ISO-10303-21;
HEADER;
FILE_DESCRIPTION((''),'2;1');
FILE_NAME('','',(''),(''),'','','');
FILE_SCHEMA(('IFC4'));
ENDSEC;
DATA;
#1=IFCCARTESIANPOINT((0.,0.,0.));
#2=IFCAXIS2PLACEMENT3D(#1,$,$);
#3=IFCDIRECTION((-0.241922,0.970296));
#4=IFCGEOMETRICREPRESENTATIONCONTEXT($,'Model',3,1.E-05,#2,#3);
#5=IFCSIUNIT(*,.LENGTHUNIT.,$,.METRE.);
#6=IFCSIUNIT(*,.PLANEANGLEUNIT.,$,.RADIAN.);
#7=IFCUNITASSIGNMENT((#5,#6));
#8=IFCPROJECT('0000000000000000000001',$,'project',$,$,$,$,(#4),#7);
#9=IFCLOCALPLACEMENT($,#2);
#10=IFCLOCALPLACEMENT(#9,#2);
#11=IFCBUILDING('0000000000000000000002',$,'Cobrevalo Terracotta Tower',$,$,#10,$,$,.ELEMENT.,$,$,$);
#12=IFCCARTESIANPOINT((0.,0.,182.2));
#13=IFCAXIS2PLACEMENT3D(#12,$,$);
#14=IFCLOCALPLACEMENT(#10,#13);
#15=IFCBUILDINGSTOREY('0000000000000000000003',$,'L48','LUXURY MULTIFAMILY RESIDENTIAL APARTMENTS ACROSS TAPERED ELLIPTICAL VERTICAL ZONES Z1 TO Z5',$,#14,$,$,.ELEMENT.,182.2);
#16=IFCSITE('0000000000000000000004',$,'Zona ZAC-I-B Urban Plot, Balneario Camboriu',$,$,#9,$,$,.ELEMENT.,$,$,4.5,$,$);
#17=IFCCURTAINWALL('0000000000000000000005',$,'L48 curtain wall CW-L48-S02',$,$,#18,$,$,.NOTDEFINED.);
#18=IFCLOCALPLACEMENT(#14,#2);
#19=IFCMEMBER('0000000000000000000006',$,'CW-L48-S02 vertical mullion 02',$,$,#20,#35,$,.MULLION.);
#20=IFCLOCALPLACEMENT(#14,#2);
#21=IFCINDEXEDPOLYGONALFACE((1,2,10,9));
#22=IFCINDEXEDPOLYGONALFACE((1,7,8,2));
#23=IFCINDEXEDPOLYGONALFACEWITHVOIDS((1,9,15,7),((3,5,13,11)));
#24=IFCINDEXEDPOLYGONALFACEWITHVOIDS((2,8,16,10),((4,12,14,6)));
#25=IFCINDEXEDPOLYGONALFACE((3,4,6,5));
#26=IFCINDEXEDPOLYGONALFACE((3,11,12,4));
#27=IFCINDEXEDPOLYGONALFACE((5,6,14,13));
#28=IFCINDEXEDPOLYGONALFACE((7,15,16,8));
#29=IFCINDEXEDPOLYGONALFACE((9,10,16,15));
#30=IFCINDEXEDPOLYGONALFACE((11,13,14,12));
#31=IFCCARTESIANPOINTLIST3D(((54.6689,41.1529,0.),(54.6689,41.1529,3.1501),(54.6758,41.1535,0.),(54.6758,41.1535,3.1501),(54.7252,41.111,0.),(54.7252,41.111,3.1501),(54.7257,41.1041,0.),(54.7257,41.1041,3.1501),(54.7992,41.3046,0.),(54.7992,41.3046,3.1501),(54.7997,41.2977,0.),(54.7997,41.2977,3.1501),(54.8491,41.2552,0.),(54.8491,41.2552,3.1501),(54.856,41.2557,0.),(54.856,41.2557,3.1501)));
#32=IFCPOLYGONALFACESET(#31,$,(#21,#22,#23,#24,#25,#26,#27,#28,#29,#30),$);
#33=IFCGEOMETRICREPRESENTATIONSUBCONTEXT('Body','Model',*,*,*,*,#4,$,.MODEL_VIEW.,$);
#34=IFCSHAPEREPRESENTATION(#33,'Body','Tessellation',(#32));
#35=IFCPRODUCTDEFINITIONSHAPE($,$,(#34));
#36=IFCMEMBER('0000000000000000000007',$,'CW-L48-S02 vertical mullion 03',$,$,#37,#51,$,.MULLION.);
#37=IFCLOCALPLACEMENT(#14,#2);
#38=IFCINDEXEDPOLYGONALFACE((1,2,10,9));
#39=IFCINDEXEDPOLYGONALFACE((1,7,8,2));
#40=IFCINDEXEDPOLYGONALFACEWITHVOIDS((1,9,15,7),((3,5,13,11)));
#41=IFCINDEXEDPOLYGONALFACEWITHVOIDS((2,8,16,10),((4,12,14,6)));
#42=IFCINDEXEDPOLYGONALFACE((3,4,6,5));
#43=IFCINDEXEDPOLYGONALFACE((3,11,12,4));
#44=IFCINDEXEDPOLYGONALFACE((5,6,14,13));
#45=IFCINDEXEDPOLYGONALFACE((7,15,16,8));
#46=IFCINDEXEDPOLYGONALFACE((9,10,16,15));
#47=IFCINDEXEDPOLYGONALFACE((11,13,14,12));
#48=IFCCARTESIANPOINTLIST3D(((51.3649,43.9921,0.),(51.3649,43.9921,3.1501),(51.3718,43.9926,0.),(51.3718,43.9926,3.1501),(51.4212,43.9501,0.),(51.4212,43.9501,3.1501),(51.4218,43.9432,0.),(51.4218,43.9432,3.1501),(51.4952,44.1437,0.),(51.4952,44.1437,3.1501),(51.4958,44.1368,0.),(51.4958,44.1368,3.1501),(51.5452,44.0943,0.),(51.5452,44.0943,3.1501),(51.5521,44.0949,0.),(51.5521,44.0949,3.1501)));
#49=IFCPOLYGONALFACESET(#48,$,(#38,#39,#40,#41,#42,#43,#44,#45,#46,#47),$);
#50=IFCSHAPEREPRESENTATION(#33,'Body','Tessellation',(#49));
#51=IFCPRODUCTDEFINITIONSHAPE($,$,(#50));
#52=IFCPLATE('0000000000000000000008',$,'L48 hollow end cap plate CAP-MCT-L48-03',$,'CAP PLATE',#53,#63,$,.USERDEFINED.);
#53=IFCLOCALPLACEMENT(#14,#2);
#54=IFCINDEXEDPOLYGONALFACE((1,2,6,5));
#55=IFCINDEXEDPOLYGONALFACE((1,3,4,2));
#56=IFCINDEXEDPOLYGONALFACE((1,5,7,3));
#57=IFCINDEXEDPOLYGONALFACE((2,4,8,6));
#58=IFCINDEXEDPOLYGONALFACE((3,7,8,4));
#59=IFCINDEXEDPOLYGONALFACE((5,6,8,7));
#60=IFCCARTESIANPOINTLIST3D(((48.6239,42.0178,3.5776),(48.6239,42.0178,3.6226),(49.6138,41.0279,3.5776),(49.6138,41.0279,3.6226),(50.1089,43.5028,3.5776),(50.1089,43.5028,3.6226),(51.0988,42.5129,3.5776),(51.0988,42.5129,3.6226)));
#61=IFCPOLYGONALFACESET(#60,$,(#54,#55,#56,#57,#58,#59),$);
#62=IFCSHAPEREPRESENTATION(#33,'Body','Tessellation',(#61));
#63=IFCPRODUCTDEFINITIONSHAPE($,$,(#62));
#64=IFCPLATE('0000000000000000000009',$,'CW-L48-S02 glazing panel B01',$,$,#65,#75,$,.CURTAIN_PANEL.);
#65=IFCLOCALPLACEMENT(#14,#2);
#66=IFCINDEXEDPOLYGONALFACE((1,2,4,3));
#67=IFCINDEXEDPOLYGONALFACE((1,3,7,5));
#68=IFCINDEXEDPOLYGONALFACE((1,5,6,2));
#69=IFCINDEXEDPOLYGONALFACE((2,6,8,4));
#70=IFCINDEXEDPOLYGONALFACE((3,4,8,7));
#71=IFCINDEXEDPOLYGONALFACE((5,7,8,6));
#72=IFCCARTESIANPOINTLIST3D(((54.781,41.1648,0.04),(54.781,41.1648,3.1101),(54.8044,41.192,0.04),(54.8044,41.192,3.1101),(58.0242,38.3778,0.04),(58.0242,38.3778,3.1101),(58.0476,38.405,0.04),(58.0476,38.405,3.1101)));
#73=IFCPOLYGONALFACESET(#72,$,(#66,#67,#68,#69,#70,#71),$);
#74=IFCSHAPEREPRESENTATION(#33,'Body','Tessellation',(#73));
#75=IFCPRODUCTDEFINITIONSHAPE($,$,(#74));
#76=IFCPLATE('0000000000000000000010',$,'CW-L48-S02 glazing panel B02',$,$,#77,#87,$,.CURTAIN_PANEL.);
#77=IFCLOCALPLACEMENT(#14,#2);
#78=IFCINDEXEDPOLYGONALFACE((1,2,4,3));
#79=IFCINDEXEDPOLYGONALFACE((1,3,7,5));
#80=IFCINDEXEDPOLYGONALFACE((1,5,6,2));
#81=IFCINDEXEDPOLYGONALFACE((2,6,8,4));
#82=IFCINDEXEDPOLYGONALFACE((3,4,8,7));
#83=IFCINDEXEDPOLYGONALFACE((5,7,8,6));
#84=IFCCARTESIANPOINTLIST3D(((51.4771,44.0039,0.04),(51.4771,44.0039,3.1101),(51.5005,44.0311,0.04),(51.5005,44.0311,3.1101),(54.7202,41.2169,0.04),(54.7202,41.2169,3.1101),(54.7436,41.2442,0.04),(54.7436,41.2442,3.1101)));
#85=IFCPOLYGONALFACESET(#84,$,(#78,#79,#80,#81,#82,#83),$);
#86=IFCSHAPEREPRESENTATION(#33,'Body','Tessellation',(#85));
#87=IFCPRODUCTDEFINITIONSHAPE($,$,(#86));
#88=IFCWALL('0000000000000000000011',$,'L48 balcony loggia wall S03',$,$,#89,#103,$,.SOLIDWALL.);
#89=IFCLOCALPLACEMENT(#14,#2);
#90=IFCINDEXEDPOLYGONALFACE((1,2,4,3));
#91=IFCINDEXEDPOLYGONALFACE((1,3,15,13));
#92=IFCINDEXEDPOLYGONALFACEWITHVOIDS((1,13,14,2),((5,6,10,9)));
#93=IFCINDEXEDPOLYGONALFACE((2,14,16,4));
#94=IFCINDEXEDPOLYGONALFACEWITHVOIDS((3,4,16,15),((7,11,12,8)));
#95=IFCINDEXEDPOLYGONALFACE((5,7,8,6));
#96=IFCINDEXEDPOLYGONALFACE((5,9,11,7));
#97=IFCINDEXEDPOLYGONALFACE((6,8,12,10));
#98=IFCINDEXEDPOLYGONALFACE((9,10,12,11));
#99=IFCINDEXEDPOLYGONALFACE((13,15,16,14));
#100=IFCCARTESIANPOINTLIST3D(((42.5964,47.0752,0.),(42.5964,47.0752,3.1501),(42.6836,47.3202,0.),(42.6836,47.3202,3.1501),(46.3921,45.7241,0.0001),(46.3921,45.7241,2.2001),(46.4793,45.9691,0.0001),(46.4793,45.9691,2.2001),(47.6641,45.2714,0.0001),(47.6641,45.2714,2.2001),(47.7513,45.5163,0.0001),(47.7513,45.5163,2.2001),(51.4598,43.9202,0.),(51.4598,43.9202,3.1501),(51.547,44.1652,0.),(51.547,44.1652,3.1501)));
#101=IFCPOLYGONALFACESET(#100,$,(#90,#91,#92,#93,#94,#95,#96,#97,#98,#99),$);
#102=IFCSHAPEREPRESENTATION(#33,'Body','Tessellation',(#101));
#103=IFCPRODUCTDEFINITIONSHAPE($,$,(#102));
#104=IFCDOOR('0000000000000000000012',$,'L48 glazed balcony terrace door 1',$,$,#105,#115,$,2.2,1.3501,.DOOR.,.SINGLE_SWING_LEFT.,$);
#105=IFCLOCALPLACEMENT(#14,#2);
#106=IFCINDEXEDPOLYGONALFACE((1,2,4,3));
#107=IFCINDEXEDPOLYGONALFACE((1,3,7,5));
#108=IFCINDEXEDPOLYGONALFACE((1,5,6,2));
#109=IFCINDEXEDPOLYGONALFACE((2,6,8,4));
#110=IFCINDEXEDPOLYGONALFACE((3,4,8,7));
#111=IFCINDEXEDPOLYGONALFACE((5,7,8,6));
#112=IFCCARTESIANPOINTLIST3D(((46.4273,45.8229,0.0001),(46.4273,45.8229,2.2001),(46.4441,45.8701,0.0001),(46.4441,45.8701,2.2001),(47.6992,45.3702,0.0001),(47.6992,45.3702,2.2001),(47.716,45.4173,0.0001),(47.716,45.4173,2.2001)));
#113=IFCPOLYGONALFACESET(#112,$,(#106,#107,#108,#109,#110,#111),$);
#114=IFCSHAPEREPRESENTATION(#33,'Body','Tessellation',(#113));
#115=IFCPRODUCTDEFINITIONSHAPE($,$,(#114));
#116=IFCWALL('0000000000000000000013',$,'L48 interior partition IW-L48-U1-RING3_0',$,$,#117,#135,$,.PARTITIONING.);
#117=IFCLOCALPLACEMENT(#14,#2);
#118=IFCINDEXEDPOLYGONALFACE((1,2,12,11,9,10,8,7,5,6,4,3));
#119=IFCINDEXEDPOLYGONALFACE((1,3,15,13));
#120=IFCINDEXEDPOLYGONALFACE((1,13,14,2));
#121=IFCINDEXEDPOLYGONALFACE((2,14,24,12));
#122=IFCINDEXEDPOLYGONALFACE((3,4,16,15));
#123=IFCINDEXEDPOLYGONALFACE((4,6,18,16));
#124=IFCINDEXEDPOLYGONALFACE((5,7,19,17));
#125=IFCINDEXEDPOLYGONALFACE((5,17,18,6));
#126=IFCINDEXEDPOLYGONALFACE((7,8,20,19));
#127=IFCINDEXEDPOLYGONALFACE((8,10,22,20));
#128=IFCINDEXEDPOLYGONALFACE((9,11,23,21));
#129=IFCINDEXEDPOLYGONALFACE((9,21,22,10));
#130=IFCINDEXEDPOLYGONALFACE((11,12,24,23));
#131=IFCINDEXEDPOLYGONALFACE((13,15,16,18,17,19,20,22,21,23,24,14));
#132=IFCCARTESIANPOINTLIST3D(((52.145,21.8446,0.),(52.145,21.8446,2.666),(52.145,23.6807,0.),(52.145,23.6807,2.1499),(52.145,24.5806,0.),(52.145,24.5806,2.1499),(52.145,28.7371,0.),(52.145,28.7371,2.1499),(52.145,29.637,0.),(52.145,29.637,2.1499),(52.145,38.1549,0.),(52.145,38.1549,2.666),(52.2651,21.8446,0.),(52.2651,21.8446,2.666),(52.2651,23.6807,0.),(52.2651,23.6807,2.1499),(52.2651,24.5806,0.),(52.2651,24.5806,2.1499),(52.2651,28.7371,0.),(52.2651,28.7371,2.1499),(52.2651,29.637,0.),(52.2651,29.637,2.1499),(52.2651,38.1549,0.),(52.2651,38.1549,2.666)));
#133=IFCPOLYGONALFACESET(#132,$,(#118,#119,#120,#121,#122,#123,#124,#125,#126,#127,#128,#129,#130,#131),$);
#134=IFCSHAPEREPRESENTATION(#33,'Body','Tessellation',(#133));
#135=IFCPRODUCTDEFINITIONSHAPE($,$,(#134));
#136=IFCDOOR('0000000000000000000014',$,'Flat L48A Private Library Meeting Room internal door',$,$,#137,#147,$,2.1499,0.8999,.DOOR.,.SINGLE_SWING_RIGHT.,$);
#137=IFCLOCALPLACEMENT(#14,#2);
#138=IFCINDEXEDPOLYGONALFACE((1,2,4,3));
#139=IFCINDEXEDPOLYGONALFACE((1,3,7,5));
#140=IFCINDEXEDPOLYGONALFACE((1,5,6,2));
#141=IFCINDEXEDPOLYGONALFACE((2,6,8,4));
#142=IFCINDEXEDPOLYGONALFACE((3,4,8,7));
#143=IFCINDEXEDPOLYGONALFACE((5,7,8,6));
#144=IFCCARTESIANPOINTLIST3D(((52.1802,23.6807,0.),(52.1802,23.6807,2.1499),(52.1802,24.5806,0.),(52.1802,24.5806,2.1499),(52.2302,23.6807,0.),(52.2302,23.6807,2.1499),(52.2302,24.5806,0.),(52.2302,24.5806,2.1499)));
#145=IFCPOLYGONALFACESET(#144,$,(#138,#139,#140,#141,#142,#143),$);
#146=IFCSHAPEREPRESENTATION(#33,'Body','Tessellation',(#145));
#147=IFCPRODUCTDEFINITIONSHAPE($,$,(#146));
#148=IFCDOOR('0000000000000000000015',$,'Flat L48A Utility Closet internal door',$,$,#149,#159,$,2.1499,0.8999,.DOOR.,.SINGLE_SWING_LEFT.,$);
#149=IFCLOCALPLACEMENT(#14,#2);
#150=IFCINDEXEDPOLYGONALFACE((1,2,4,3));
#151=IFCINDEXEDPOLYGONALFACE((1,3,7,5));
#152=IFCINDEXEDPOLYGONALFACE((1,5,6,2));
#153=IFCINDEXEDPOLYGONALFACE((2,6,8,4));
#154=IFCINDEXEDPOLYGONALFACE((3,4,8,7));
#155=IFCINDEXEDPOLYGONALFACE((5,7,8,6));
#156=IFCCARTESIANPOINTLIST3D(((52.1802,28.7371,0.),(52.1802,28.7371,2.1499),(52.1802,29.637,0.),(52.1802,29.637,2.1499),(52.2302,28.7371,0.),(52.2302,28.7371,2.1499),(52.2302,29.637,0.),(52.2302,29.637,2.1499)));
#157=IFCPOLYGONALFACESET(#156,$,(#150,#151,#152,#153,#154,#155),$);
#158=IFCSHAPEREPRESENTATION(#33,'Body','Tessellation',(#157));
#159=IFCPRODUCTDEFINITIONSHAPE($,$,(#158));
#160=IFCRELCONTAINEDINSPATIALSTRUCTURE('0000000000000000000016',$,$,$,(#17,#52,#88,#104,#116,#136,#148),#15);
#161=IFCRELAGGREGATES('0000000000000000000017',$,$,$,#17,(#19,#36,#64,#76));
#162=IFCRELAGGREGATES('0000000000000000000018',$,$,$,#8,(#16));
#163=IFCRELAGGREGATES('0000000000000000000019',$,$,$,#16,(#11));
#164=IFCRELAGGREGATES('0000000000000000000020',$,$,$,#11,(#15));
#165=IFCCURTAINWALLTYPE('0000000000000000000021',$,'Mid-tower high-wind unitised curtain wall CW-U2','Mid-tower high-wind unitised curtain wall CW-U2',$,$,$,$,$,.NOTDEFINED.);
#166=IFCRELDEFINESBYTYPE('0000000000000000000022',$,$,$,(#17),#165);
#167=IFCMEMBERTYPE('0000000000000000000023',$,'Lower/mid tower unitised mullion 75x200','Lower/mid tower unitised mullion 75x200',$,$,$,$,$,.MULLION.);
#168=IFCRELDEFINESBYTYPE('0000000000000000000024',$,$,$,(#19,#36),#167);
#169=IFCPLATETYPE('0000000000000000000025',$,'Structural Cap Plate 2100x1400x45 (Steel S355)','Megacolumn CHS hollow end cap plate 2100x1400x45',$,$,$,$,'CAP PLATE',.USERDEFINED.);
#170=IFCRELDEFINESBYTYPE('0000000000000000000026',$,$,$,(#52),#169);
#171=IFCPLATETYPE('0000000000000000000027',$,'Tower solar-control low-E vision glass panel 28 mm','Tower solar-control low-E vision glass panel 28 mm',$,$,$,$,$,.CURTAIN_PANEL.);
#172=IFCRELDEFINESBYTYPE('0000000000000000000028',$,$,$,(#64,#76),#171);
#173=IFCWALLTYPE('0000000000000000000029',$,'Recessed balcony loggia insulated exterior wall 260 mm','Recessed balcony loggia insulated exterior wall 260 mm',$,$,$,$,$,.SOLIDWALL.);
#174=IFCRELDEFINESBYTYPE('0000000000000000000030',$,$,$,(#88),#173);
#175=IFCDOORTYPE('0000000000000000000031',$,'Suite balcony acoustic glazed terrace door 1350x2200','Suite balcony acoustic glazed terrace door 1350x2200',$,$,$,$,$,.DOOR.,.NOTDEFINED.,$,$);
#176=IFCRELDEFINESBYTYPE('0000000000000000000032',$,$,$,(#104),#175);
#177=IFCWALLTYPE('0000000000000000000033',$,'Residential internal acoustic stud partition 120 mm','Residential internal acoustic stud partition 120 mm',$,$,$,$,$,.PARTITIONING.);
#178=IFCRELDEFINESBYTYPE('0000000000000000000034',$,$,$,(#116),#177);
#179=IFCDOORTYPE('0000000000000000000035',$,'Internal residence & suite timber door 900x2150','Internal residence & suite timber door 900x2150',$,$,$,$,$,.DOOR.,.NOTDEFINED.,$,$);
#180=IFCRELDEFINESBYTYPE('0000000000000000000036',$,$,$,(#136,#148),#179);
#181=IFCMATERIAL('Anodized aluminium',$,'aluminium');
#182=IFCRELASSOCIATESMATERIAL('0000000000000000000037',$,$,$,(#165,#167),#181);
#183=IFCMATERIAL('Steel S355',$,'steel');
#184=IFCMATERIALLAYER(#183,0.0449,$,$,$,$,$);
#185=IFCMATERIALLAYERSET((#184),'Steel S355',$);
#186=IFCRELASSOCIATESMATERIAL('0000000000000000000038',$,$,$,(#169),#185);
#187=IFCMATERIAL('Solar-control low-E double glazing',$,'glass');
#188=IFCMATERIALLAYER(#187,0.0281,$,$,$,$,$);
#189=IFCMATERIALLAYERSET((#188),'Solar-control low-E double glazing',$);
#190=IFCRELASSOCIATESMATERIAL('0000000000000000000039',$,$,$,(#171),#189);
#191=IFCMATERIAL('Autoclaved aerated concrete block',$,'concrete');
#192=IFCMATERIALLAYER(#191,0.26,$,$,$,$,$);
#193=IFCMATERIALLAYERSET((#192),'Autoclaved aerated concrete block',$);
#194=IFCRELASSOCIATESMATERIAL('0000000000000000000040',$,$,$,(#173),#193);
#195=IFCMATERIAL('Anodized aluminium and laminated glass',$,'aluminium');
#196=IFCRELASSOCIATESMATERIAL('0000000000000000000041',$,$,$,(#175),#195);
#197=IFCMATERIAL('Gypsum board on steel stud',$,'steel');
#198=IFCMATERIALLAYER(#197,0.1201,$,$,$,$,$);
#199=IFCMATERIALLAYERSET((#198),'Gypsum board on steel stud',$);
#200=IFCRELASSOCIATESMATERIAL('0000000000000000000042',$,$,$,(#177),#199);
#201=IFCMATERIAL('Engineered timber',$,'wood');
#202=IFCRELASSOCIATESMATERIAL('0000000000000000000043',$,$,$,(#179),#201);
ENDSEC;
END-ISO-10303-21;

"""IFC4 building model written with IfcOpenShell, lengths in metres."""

from ifc_helpers import new_model, si_unit, direction, frame, frame_2d, origin, origin_2d, place, context, subcontext, project, spatial, rectangle, hollow_rectangle, extrude, source, transform, mapped, material, layer, layer_set, material_profile, profile_set, type_object, element, fill, aggregate, save


model = new_model("IFC4")

# Units and contexts
model_context = context("Model", 3, precision=1e-05, world=origin(), true_north=direction((-0.241922, 0.970296)))
body_context = subcontext(model_context, "Body", "Model", "MODEL_VIEW")
ifc_project = project(units=[si_unit("LENGTHUNIT", "METRE"), si_unit("PLANEANGLEUNIT", "RADIAN")], contexts=[model_context])

# Site, building, storey
site_placement = place(None, origin())
site = spatial("IfcSite", under=ifc_project, at=site_placement, Name="Zona ZAC-I-B Urban Plot, Balneario Camboriu", CompositionType="ELEMENT", RefElevation=4.5)
building_placement = place(site_placement, origin())
building = spatial("IfcBuilding", under=site, at=building_placement, Name="Cobrevalo Terracotta Tower", CompositionType="ELEMENT")
storey_placement = place(building_placement, frame((0.0, 0.0, 182.2)))
storey = spatial("IfcBuildingStorey", under=building, at=storey_placement, Name="L48", Description="LUXURY MULTIFAMILY RESIDENTIAL APARTMENTS ACROSS TAPERED ELLIPTICAL VERTICAL ZONES Z1 TO Z5", CompositionType="ELEMENT", Elevation=182.2)

# Shared definitions
ifc_material_1 = material(Name="Steel S355", Category="steel")

# Curtain wall, members
ifc_material_2 = material(Name="Anodized aluminium", Category="aluminium")
curtain_wall_type = type_object("IfcCurtainWallType", Name="Mid-tower high-wind unitised curtain wall CW-U2", Description="Mid-tower high-wind unitised curtain wall CW-U2", PredefinedType="NOTDEFINED", material=ifc_material_2)
curtain_wall_placement = place(storey_placement, origin())
curtain_wall = element("IfcCurtainWall", 1, at=curtain_wall_placement, inside=storey, type_object=curtain_wall_type, Name="L48 curtain wall CW-L48-S02", PredefinedType="NOTDEFINED")
ifc_material_profile_1 = material_profile(ifc_material_2, hollow_rectangle(XDim=0.075, YDim=0.2, WallThickness=0.0049, at=origin_2d()), Name="CWM 75x200")
ifc_profile_set_1 = profile_set([ifc_material_profile_1], Name="Anodized aluminium")
member_type_1 = type_object("IfcMemberType", Name="Lower/mid tower unitised mullion 75x200", Description="Lower/mid tower unitised mullion 75x200", PredefinedType="MULLION", material=ifc_profile_set_1)
shared_shape_1 = source(origin(), body_context, "Body", "SweptSolid", [
    extrude(hollow_rectangle(XDim=0.075, YDim=0.2, WallThickness=0.0049, at=origin_2d()), origin(), (0.0, 0.0, 1.0), 3.1501),
])
member_1_placement = place(storey_placement, frame((54.7625, 41.2043, 0.0), z_axis=(0.0, 0.0, 1.0), x_axis=(-0.758442, 0.651741, 0.0)))
member_1 = element("IfcMember", 2, at=member_1_placement, type_object=member_type_1, Name="CW-L48-S02 vertical mullion 02", PredefinedType="MULLION", context=body_context, shape_type="MappedRepresentation", body=[
    mapped(shared_shape_1, transform((0.0, 0.0, 0.0), scale=1.0)),
])
member_2_placement = place(storey_placement, frame((51.4585, 44.0435, 0.0), z_axis=(0.0, 0.0, 1.0), x_axis=(-0.758442, 0.651741, 0.0)))
member_2 = element("IfcMember", 3, at=member_2_placement, type_object=member_type_1, Name="CW-L48-S02 vertical mullion 03", PredefinedType="MULLION", context=body_context, shape_type="MappedRepresentation", body=[
    mapped(shared_shape_1, transform((0.0, 0.0, 0.0), scale=1.0)),
])

# Plates
ifc_layer_1 = layer(ifc_material_1, 0.0449)
ifc_layer_set_1 = layer_set([ifc_layer_1], Name="Steel S355")
plate_type_1 = type_object("IfcPlateType", Name="Structural Cap Plate 2100x1400x45 (Steel S355)", Description="Megacolumn CHS hollow end cap plate 2100x1400x45", ElementType="CAP PLATE", PredefinedType="USERDEFINED", material=ifc_layer_set_1)
shared_shape_2 = source(origin(), body_context, "Body", "SweptSolid", [
    extrude(rectangle(XDim=2.1001, YDim=1.3999, at=origin_2d()), origin(), (0.0, 0.0, 1.0), 0.0449),
])
plate_1_placement = place(storey_placement, frame((49.8613, 42.2654, 3.5776), z_axis=(0.0, 0.0, 1.0), x_axis=(0.707107, 0.707107, 0.0)))
element("IfcPlate", 4, at=plate_1_placement, inside=storey, type_object=plate_type_1, Name="L48 hollow end cap plate CAP-MCT-L48-03", ObjectType="CAP PLATE", PredefinedType="USERDEFINED", context=body_context, shape_type="MappedRepresentation", body=[
    mapped(shared_shape_2, transform((0.0, 0.0, 0.0), scale=1.0)),
])
ifc_material_3 = material(Name="Solar-control low-E double glazing", Category="glass")
ifc_layer_2 = layer(ifc_material_3, 0.0281)
ifc_layer_set_2 = layer_set([ifc_layer_2], Name="Solar-control low-E double glazing")
plate_type_2 = type_object("IfcPlateType", Name="Tower solar-control low-E vision glass panel 28 mm", Description="Tower solar-control low-E vision glass panel 28 mm", PredefinedType="CURTAIN_PANEL", material=ifc_layer_set_2)
shared_shape_3 = source(origin(), body_context, "Body", "SweptSolid", [
    extrude(rectangle(XDim=4.2761, YDim=0.0359, at=origin_2d()), origin(), (0.0, 0.0, 1.0), 3.0701),
])
plate_2_placement = place(storey_placement, frame((56.4143, 39.7849, 0.04), z_axis=(0.0, 0.0, 1.0), x_axis=(-0.758437, 0.651746, 0.0)))
plate_2 = element("IfcPlate", 5, at=plate_2_placement, type_object=plate_type_2, Name="CW-L48-S02 glazing panel B01", PredefinedType="CURTAIN_PANEL", context=body_context, shape_type="MappedRepresentation", body=[
    mapped(shared_shape_3, transform((0.0, 0.0, 0.0), scale=1.0)),
])
plate_3_placement = place(storey_placement, frame((53.1104, 42.624, 0.04), z_axis=(0.0, 0.0, 1.0), x_axis=(-0.758437, 0.651746, 0.0)))
plate_3 = element("IfcPlate", 6, at=plate_3_placement, type_object=plate_type_2, Name="CW-L48-S02 glazing panel B02", PredefinedType="CURTAIN_PANEL", context=body_context, shape_type="MappedRepresentation", body=[
    mapped(shared_shape_3, transform((0.0, 0.0, 0.0), scale=1.0)),
])
aggregate(curtain_wall, [member_1, member_2, plate_2, plate_3])

# Wall, opening, door
ifc_material_4 = material(Name="Autoclaved aerated concrete block", Category="concrete")
ifc_layer_3 = layer(ifc_material_4, 0.26)
ifc_layer_set_3 = layer_set([ifc_layer_3], Name="Autoclaved aerated concrete block")
wall_type_1 = type_object("IfcWallType", Name="Recessed balcony loggia insulated exterior wall 260 mm", Description="Recessed balcony loggia insulated exterior wall 260 mm", PredefinedType="SOLIDWALL", material=ifc_layer_set_3)
wall_1_placement = place(storey_placement, frame((51.5034, 44.0427, 0.0), z_axis=(0.0, 0.0, 1.0), x_axis=(-0.942095, 0.335345, 0.0)))
wall_1 = element("IfcWall", 7, at=wall_1_placement, inside=storey, type_object=wall_type_1, Name="L48 balcony loggia wall S03", PredefinedType="SOLIDWALL", context=body_context, shape_type="SweptSolid", body=[
    extrude(rectangle(XDim=9.4082, YDim=0.26, at=frame_2d((4.7041, 0.0))), origin(), (0.0, 0.0, 1.0), 3.1501),
])
opening_1_placement = place(wall_1_placement, frame((4.0291, 0.0, 0.0)))
opening_1 = element("IfcOpeningElement", 8, at=opening_1_placement, cuts=wall_1, PredefinedType="OPENING", context=body_context, shape_type="SweptSolid", body=[
    extrude(rectangle(XDim=1.3501, YDim=2.2, at=frame_2d((0.675, 1.1001))), frame((0.0, 0.1401, 0.0), z_axis=(0.0, -1.0, 0.0), x_axis=(1.0, 0.0, 0.0)), (0.0, 0.0, 1.0), 0.28),
])
ifc_material_5 = material(Name="Anodized aluminium and laminated glass", Category="aluminium")
door_type_1 = type_object("IfcDoorType", Name="Suite balcony acoustic glazed terrace door 1350x2200", Description="Suite balcony acoustic glazed terrace door 1350x2200", OperationType="NOTDEFINED", PredefinedType="DOOR", material=ifc_material_5)
shared_shape_4 = source(origin(), body_context, "Body", "SweptSolid", [
    extrude(rectangle(XDim=1.3501, YDim=2.2, at=frame_2d((0.675, 1.1001))), frame((0.0, 0.0249, 0.0), z_axis=(0.0, -1.0, 0.0), x_axis=(1.0, 0.0, 0.0)), (0.0, 0.0, 1.0), 0.05),
])
door_1_placement = place(opening_1_placement, frame((1.3501, 0.0, 0.0), z_axis=(0.0, 0.0, 1.0), x_axis=(-1.0, 0.0, 0.0)))
door_1 = element("IfcDoor", 9, at=door_1_placement, inside=storey, type_object=door_type_1, Name="L48 glazed balcony terrace door 1", OperationType="SINGLE_SWING_LEFT", OverallHeight=2.2, OverallWidth=1.3501, PredefinedType="DOOR", context=body_context, shape_type="MappedRepresentation", body=[
    mapped(shared_shape_4, transform((0.0, 0.0, 0.0), scale=1.0)),
])
fill(opening_1, door_1)

# Wall, openings, doors
ifc_material_6 = material(Name="Gypsum board on steel stud", Category="steel")
ifc_layer_4 = layer(ifc_material_6, 0.1201)
ifc_layer_set_4 = layer_set([ifc_layer_4], Name="Gypsum board on steel stud")
wall_type_2 = type_object("IfcWallType", Name="Residential internal acoustic stud partition 120 mm", Description="Residential internal acoustic stud partition 120 mm", PredefinedType="PARTITIONING", material=ifc_layer_set_4)
wall_2_placement = place(storey_placement, frame((52.2051, 38.155, 0.0), z_axis=(0.0, 0.0, 1.0), x_axis=(0.0, -1.0, 0.0)))
wall_2 = element("IfcWall", 10, at=wall_2_placement, inside=storey, type_object=wall_type_2, Name="L48 interior partition IW-L48-U1-RING3_0", PredefinedType="PARTITIONING", context=body_context, shape_type="SweptSolid", body=[
    extrude(rectangle(XDim=16.3103, YDim=0.1201, at=frame_2d((8.1553, 0.0))), origin(), (0.0, 0.0, 1.0), 2.666),
])
opening_2_placement = place(wall_2_placement, frame((13.5745, 0.0, 0.0)))
opening_2 = element("IfcOpeningElement", 11, at=opening_2_placement, cuts=wall_2, PredefinedType="OPENING", context=body_context, shape_type="SweptSolid", body=[
    extrude(rectangle(XDim=0.8999, YDim=2.1499, at=frame_2d((0.45, 1.075))), frame((0.0, 0.0701, 0.0), z_axis=(0.0, -1.0, 0.0), x_axis=(1.0, 0.0, 0.0)), (0.0, 0.0, 1.0), 0.1401),
])
opening_3_placement = place(wall_2_placement, frame((8.5181, 0.0, 0.0)))
opening_3 = element("IfcOpeningElement", 12, at=opening_3_placement, cuts=wall_2, PredefinedType="OPENING", context=body_context, shape_type="SweptSolid", body=[
    extrude(rectangle(XDim=0.8999, YDim=2.1499, at=frame_2d((0.45, 1.075))), frame((0.0, 0.0701, 0.0), z_axis=(0.0, -1.0, 0.0), x_axis=(1.0, 0.0, 0.0)), (0.0, 0.0, 1.0), 0.1401),
])
ifc_material_7 = material(Name="Engineered timber", Category="wood")
door_type_2 = type_object("IfcDoorType", Name="Internal residence & suite timber door 900x2150", Description="Internal residence & suite timber door 900x2150", OperationType="NOTDEFINED", PredefinedType="DOOR", material=ifc_material_7)
shared_shape_5 = source(origin(), body_context, "Body", "SweptSolid", [
    extrude(rectangle(XDim=0.8999, YDim=2.1499, at=frame_2d((0.45, 1.075))), frame((0.0, 0.0249, 0.0), z_axis=(0.0, -1.0, 0.0), x_axis=(1.0, 0.0, 0.0)), (0.0, 0.0, 1.0), 0.05),
])
door_2_placement = place(opening_2_placement, frame((0.8999, 0.0, 0.0), z_axis=(0.0, 0.0, 1.0), x_axis=(-1.0, 0.0, 0.0)))
door_2 = element("IfcDoor", 13, at=door_2_placement, inside=storey, type_object=door_type_2, Name="Flat L48A Private Library Meeting Room internal door", OperationType="SINGLE_SWING_RIGHT", OverallHeight=2.1499, OverallWidth=0.8999, PredefinedType="DOOR", context=body_context, shape_type="MappedRepresentation", body=[
    mapped(shared_shape_5, transform((0.0, 0.0, 0.0), scale=1.0)),
])
fill(opening_2, door_2)
door_3_placement = place(opening_3_placement, frame((0.8999, 0.0, 0.0), z_axis=(0.0, 0.0, 1.0), x_axis=(-1.0, 0.0, 0.0)))
door_3 = element("IfcDoor", 14, at=door_3_placement, inside=storey, type_object=door_type_2, Name="Flat L48A Utility Closet internal door", OperationType="SINGLE_SWING_LEFT", OverallHeight=2.1499, OverallWidth=0.8999, PredefinedType="DOOR", context=body_context, shape_type="MappedRepresentation", body=[
    mapped(shared_shape_5, transform((0.0, 0.0, 0.0), scale=1.0)),
])
fill(opening_3, door_3)

save(model, "model.ifc")
